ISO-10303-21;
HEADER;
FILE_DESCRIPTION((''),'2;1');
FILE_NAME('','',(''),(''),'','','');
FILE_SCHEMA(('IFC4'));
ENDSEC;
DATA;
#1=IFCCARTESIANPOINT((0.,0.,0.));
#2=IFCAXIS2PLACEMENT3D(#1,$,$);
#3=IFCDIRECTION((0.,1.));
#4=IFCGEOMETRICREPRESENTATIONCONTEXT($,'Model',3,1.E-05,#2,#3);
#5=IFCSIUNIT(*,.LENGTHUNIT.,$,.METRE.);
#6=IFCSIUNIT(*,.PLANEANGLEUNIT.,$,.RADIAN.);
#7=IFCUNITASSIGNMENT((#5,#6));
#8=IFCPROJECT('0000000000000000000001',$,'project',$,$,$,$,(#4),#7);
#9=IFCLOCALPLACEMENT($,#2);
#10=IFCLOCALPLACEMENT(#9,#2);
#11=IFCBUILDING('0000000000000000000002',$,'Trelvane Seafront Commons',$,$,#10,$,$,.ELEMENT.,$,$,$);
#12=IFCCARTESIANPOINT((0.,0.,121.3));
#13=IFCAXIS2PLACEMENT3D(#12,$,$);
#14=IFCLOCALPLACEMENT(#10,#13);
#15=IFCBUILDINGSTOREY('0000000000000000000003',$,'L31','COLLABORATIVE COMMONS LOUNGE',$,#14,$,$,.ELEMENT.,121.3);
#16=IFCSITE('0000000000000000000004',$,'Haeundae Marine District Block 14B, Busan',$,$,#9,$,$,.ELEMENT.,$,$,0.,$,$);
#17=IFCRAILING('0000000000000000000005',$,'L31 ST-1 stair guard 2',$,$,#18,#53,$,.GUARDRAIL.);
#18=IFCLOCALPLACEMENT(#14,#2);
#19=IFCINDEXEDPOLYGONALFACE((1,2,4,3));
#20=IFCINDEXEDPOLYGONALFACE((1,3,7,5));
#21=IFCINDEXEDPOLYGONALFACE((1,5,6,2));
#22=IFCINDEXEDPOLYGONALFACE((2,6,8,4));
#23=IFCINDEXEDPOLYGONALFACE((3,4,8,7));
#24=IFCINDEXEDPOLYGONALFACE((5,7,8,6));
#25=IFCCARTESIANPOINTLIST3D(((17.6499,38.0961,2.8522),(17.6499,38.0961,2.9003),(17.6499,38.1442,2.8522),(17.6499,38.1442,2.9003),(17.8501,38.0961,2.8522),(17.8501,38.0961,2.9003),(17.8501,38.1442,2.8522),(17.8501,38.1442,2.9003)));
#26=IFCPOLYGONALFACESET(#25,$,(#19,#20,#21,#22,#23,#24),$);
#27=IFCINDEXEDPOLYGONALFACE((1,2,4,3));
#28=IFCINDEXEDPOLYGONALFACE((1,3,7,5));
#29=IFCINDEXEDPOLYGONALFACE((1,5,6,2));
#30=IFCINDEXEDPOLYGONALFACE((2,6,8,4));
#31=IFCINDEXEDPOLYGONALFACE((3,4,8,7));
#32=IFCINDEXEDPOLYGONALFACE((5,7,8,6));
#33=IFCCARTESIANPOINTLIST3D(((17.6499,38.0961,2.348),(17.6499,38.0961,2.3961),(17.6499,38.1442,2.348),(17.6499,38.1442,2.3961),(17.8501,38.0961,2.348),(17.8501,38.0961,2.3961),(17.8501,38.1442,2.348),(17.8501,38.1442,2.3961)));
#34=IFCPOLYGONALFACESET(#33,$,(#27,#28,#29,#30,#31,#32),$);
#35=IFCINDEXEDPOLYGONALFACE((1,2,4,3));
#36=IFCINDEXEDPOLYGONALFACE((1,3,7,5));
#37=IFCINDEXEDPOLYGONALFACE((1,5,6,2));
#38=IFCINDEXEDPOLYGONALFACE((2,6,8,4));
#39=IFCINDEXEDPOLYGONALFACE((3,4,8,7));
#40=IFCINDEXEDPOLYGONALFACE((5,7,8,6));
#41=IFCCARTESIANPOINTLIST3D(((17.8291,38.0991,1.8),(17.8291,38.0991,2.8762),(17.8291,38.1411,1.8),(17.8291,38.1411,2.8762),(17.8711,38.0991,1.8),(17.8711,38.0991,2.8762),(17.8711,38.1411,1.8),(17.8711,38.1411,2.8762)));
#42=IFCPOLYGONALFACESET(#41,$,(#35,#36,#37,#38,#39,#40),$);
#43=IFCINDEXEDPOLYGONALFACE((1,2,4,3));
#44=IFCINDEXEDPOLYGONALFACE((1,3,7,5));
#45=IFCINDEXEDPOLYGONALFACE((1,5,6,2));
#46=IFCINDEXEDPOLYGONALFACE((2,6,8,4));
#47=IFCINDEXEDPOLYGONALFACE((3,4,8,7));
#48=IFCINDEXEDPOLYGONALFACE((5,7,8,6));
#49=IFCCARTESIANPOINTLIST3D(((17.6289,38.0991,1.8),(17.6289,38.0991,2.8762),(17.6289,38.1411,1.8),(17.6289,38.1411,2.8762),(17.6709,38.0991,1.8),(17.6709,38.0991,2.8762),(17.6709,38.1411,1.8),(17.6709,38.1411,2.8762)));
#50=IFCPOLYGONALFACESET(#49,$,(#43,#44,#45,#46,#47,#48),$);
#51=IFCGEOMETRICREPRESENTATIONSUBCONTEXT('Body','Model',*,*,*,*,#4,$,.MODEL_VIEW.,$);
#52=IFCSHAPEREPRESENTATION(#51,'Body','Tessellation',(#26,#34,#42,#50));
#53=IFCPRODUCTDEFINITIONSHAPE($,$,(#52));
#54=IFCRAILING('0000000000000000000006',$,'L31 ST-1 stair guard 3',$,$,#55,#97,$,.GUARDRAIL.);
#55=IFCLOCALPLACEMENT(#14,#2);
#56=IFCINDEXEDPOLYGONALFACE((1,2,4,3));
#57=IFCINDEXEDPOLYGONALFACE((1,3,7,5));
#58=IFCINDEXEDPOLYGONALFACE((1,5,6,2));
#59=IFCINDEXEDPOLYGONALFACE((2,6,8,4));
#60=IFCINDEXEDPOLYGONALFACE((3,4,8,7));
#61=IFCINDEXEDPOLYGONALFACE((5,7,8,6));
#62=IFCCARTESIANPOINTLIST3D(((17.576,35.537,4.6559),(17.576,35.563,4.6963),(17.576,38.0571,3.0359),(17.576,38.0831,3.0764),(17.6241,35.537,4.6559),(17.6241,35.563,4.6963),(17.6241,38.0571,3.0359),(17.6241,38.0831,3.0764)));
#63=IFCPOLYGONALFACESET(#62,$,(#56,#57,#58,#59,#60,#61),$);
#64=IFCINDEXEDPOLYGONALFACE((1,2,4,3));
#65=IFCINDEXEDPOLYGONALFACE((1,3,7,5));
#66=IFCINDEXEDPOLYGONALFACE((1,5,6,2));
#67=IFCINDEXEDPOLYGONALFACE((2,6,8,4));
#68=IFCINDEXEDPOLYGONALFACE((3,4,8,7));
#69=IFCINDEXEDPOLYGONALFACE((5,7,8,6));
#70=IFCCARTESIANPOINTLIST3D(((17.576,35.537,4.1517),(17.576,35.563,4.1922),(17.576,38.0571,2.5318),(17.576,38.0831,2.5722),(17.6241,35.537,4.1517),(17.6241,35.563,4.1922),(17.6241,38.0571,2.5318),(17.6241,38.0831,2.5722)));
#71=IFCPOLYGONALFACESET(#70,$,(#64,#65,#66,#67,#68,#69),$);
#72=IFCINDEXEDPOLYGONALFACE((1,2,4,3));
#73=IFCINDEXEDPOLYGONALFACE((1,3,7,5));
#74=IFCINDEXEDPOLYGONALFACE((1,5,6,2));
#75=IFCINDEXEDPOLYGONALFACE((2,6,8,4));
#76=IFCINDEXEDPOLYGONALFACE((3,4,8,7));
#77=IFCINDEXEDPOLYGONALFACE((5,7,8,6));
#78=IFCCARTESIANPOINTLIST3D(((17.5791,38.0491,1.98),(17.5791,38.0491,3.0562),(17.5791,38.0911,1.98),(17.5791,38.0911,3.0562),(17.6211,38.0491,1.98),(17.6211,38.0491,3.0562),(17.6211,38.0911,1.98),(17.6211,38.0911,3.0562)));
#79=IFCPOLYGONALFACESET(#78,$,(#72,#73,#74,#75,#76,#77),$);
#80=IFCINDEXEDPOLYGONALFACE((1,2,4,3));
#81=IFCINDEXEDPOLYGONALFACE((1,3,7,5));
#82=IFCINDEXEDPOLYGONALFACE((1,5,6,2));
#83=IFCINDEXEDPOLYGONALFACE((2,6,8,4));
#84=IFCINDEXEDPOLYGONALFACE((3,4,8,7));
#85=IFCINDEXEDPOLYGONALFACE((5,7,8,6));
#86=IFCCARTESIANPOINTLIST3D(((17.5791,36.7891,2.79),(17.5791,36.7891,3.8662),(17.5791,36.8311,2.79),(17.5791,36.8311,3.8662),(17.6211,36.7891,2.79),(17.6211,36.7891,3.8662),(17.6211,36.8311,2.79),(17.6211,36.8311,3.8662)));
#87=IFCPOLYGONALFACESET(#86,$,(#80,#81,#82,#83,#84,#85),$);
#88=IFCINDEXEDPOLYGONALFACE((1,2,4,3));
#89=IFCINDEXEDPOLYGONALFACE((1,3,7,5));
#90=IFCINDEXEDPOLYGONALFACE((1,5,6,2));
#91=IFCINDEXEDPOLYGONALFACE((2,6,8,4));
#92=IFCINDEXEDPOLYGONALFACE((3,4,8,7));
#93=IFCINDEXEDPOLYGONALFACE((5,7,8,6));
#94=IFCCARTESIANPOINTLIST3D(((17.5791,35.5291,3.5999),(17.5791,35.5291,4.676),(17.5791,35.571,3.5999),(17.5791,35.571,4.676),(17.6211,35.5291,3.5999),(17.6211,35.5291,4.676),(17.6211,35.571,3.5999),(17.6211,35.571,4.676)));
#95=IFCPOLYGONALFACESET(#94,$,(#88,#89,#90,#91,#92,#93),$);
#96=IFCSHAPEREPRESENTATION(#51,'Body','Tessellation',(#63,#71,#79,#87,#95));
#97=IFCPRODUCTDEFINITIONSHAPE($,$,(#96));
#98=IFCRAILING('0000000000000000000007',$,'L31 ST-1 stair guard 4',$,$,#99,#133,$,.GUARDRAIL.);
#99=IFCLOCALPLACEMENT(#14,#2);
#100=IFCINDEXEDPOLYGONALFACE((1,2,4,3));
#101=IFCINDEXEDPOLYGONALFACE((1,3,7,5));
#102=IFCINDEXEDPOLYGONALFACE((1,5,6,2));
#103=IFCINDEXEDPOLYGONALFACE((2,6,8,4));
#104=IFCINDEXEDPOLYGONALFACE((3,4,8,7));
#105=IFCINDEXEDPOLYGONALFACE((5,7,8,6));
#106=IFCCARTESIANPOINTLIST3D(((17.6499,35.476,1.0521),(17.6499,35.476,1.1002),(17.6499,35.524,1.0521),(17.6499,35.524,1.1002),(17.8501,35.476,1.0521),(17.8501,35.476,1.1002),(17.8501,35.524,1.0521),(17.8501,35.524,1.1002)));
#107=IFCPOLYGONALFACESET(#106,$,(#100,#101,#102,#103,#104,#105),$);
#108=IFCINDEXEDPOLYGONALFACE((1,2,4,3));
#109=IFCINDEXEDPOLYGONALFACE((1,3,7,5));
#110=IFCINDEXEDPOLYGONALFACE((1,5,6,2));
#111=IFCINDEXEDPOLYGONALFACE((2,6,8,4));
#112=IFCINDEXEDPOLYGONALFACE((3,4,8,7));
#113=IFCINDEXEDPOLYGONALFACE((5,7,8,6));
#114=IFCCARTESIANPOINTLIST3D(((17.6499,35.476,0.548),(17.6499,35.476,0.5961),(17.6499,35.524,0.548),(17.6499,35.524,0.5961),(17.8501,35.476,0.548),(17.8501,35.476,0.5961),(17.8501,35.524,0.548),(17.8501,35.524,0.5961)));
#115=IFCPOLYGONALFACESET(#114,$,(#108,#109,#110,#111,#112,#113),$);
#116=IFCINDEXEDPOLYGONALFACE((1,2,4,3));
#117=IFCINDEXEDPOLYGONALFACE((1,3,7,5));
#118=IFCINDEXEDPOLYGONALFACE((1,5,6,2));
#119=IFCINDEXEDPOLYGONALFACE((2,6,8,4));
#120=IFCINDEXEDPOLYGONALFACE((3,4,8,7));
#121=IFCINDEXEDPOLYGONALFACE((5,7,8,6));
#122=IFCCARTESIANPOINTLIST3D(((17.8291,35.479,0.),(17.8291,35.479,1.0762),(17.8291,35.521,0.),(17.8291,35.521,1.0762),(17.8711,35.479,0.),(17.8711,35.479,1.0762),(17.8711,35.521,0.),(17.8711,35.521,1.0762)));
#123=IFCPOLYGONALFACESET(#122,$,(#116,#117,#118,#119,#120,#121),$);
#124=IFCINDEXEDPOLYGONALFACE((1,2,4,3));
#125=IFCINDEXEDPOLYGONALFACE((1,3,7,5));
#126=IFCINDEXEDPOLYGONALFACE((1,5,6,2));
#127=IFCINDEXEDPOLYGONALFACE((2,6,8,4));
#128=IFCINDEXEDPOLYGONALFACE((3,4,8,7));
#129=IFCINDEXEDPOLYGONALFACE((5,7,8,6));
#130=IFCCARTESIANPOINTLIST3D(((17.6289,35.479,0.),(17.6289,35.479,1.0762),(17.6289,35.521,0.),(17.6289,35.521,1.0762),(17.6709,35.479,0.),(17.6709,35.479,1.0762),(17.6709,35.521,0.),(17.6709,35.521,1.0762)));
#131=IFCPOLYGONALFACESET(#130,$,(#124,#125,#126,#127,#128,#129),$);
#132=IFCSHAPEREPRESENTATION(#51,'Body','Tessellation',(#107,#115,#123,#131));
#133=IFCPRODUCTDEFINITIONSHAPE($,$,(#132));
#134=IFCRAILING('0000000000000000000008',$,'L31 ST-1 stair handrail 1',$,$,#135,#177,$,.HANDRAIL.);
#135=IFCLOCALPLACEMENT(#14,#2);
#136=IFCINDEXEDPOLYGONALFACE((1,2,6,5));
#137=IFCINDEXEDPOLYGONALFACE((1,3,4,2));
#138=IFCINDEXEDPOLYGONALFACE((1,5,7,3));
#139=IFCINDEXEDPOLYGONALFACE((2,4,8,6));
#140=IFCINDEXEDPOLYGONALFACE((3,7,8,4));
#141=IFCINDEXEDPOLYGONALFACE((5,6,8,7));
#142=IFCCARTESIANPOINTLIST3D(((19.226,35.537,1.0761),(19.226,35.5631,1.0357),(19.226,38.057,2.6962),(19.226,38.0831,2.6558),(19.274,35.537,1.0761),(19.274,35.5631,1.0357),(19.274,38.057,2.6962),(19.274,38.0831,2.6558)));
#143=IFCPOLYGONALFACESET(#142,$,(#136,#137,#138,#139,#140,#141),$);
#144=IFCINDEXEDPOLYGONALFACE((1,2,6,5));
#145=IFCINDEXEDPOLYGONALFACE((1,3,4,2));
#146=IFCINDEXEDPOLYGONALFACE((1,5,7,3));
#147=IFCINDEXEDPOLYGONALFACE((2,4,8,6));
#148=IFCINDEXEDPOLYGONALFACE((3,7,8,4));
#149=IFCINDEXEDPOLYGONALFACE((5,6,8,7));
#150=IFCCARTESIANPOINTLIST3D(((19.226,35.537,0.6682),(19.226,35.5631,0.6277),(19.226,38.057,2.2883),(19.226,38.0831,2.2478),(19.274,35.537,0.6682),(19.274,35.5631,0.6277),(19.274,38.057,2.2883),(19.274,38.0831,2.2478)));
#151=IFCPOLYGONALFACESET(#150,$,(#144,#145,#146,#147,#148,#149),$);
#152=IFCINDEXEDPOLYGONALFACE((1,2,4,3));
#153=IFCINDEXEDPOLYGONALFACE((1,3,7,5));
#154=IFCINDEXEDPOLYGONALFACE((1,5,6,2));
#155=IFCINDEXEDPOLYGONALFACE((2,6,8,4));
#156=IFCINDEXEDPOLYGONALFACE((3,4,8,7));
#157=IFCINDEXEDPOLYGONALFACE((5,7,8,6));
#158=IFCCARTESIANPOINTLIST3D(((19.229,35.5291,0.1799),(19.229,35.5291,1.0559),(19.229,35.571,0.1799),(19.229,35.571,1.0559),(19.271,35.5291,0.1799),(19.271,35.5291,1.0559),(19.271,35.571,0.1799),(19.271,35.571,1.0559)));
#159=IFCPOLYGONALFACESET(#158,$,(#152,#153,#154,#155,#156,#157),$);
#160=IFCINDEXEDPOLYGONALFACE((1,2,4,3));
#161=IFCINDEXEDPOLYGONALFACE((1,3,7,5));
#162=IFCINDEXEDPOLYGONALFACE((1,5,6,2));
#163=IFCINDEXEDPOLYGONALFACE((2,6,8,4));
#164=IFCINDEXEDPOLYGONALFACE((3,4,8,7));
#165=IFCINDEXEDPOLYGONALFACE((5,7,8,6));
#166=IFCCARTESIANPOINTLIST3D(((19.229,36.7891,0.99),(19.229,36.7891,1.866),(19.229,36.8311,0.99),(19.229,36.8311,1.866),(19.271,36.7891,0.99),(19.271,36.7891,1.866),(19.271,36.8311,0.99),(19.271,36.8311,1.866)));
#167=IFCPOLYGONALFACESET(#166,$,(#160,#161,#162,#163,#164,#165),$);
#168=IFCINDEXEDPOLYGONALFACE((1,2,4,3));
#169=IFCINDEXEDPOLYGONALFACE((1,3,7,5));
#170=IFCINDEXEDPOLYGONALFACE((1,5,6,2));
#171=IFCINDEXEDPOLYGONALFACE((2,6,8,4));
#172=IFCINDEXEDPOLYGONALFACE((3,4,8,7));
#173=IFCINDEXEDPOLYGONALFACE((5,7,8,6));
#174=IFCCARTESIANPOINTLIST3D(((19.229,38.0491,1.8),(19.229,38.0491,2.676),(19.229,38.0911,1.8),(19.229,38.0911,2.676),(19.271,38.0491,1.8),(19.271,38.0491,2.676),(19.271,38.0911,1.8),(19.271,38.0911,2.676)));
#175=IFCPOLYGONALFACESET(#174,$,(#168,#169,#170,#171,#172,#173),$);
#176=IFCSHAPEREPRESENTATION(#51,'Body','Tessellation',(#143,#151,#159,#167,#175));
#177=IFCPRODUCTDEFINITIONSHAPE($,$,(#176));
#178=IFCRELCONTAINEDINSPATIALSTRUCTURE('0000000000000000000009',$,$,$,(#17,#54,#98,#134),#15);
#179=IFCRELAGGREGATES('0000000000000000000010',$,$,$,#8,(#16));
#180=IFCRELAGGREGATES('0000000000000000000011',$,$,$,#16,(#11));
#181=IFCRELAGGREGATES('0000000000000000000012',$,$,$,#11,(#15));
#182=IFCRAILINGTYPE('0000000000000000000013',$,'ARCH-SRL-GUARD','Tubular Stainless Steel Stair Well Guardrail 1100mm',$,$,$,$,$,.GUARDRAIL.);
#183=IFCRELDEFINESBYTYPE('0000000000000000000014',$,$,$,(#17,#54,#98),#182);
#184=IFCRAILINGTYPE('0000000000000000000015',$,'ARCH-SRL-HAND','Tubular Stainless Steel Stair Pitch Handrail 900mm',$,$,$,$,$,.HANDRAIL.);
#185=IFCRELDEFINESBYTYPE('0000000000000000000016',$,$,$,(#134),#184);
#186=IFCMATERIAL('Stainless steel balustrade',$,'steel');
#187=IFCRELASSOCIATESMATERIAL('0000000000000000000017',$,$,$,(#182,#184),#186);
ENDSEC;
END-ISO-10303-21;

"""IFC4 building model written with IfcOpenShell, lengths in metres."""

from ifc_helpers import new_model, si_unit, direction, frame, origin, origin_2d, place, context, subcontext, project, spatial, rectangle, extrude, material, type_object, element, save


model = new_model("IFC4")

# Units and contexts
model_context = context("Model", 3, precision=1e-05, world=origin(), true_north=direction((0.0, 1.0)))
body_context = subcontext(model_context, "Body", "Model", "MODEL_VIEW")
ifc_project = project(units=[si_unit("LENGTHUNIT", "METRE"), si_unit("PLANEANGLEUNIT", "RADIAN")], contexts=[model_context])

# Site, building, storey
site_placement = place(None, origin())
site = spatial("IfcSite", under=ifc_project, at=site_placement, Name="Haeundae Marine District Block 14B, Busan", CompositionType="ELEMENT", RefElevation=0.0)
building_placement = place(site_placement, origin())
building = spatial("IfcBuilding", under=site, at=building_placement, Name="Trelvane Seafront Commons", CompositionType="ELEMENT")
storey_placement = place(building_placement, frame((0.0, 0.0, 121.3)))
storey = spatial("IfcBuildingStorey", under=building, at=storey_placement, Name="L31", Description="COLLABORATIVE COMMONS LOUNGE", CompositionType="ELEMENT", Elevation=121.3)

# Shared definitions
ifc_material_1 = material(Name="Stainless steel balustrade", Category="steel")

# Railings
railing_type_1 = type_object("IfcRailingType", Name="ARCH-SRL-GUARD", Description="Tubular Stainless Steel Stair Well Guardrail 1100mm", PredefinedType="GUARDRAIL", material=ifc_material_1)
railing_1_placement = place(storey_placement, frame((17.8501, 38.1201, 1.8)))
element("IfcRailing", 1, at=railing_1_placement, inside=storey, type_object=railing_type_1, Name="L31 ST-1 stair guard 2", PredefinedType="GUARDRAIL", context=body_context, shape_type="SweptSolid", body=[
    extrude(rectangle(XDim=0.0481, YDim=0.0481, at=origin_2d()), frame((0.0, 0.0, 1.0762), z_axis=(-1.0, 0.0, 0.0), x_axis=(0.0, -1.0, 0.0)), (0.0, 0.0, 1.0), 0.2002),
    extrude(rectangle(XDim=0.0481, YDim=0.0481, at=origin_2d()), frame((0.0, 0.0, 0.572), z_axis=(-1.0, 0.0, 0.0), x_axis=(0.0, -1.0, 0.0)), (0.0, 0.0, 1.0), 0.2002),
    extrude(rectangle(XDim=0.042, YDim=0.042, at=origin_2d()), origin(), (0.0, 0.0, 1.0), 1.0762),
    extrude(rectangle(XDim=0.042, YDim=0.042, at=origin_2d()), frame((-0.2002, 0.0, 0.0)), (0.0, 0.0, 1.0), 1.0762),
])
railing_2_placement = place(storey_placement, frame((17.6001, 38.0701, 1.98)))
element("IfcRailing", 2, at=railing_2_placement, inside=storey, type_object=railing_type_1, Name="L31 ST-1 stair guard 3", PredefinedType="GUARDRAIL", context=body_context, shape_type="SweptSolid", body=[
    extrude(rectangle(XDim=0.0481, YDim=0.0481, at=origin_2d()), frame((0.0, 0.0, 1.0762), z_axis=(0.0, -0.8412, 0.540725), x_axis=(1.0, 0.0, 0.0)), (0.0, 0.0, 1.0), 2.9958),
    extrude(rectangle(XDim=0.0481, YDim=0.0481, at=origin_2d()), frame((0.0, 0.0, 0.572), z_axis=(0.0, -0.8412, 0.540725), x_axis=(1.0, 0.0, 0.0)), (0.0, 0.0, 1.0), 2.9958),
    extrude(rectangle(XDim=0.042, YDim=0.042, at=origin_2d()), origin(), (0.0, 0.0, 1.0), 1.0762),
    extrude(rectangle(XDim=0.042, YDim=0.042, at=origin_2d()), frame((0.0, -1.26, 0.8101)), (0.0, 0.0, 1.0), 1.0762),
    extrude(rectangle(XDim=0.042, YDim=0.042, at=origin_2d()), frame((0.0, -2.52, 1.6199)), (0.0, 0.0, 1.0), 1.0762),
])
railing_3_placement = place(storey_placement, frame((17.8501, 35.5, 0.0)))
element("IfcRailing", 3, at=railing_3_placement, inside=storey, type_object=railing_type_1, Name="L31 ST-1 stair guard 4", PredefinedType="GUARDRAIL", context=body_context, shape_type="SweptSolid", body=[
    extrude(rectangle(XDim=0.0481, YDim=0.0481, at=origin_2d()), frame((0.0, 0.0, 1.0762), z_axis=(-1.0, 0.0, 0.0), x_axis=(0.0, -1.0, 0.0)), (0.0, 0.0, 1.0), 0.2002),
    extrude(rectangle(XDim=0.0481, YDim=0.0481, at=origin_2d()), frame((0.0, 0.0, 0.572), z_axis=(-1.0, 0.0, 0.0), x_axis=(0.0, -1.0, 0.0)), (0.0, 0.0, 1.0), 0.2002),
    extrude(rectangle(XDim=0.042, YDim=0.042, at=origin_2d()), origin(), (0.0, 0.0, 1.0), 1.0762),
    extrude(rectangle(XDim=0.042, YDim=0.042, at=origin_2d()), frame((-0.2002, 0.0, 0.0)), (0.0, 0.0, 1.0), 1.0762),
])
railing_type_2 = type_object("IfcRailingType", Name="ARCH-SRL-HAND", Description="Tubular Stainless Steel Stair Pitch Handrail 900mm", PredefinedType="HANDRAIL", material=ifc_material_1)
railing_4_placement = place(storey_placement, frame((19.25, 35.55, 0.1799)))
element("IfcRailing", 4, at=railing_4_placement, inside=storey, type_object=railing_type_2, Name="L31 ST-1 stair handrail 1", PredefinedType="HANDRAIL", context=body_context, shape_type="SweptSolid", body=[
    extrude(rectangle(XDim=0.0481, YDim=0.0481, at=origin_2d()), frame((0.0, 0.0, 0.876), z_axis=(0.0, 0.841163, 0.540782), x_axis=(-1.0, 0.0, 0.0)), (0.0, 0.0, 1.0), 2.9958),
    extrude(rectangle(XDim=0.0481, YDim=0.0481, at=origin_2d()), frame((0.0, 0.0, 0.468), z_axis=(0.0, 0.841163, 0.540782), x_axis=(-1.0, 0.0, 0.0)), (0.0, 0.0, 1.0), 2.9958),
    extrude(rectangle(XDim=0.042, YDim=0.042, at=origin_2d()), origin(), (0.0, 0.0, 1.0), 0.876),
    extrude(rectangle(XDim=0.042, YDim=0.042, at=origin_2d()), frame((0.0, 1.26, 0.8101)), (0.0, 0.0, 1.0), 0.876),
    extrude(rectangle(XDim=0.042, YDim=0.042, at=origin_2d()), frame((0.0, 2.52, 1.6201)), (0.0, 0.0, 1.0), 0.876),
])

save(model, "model.ifc")
